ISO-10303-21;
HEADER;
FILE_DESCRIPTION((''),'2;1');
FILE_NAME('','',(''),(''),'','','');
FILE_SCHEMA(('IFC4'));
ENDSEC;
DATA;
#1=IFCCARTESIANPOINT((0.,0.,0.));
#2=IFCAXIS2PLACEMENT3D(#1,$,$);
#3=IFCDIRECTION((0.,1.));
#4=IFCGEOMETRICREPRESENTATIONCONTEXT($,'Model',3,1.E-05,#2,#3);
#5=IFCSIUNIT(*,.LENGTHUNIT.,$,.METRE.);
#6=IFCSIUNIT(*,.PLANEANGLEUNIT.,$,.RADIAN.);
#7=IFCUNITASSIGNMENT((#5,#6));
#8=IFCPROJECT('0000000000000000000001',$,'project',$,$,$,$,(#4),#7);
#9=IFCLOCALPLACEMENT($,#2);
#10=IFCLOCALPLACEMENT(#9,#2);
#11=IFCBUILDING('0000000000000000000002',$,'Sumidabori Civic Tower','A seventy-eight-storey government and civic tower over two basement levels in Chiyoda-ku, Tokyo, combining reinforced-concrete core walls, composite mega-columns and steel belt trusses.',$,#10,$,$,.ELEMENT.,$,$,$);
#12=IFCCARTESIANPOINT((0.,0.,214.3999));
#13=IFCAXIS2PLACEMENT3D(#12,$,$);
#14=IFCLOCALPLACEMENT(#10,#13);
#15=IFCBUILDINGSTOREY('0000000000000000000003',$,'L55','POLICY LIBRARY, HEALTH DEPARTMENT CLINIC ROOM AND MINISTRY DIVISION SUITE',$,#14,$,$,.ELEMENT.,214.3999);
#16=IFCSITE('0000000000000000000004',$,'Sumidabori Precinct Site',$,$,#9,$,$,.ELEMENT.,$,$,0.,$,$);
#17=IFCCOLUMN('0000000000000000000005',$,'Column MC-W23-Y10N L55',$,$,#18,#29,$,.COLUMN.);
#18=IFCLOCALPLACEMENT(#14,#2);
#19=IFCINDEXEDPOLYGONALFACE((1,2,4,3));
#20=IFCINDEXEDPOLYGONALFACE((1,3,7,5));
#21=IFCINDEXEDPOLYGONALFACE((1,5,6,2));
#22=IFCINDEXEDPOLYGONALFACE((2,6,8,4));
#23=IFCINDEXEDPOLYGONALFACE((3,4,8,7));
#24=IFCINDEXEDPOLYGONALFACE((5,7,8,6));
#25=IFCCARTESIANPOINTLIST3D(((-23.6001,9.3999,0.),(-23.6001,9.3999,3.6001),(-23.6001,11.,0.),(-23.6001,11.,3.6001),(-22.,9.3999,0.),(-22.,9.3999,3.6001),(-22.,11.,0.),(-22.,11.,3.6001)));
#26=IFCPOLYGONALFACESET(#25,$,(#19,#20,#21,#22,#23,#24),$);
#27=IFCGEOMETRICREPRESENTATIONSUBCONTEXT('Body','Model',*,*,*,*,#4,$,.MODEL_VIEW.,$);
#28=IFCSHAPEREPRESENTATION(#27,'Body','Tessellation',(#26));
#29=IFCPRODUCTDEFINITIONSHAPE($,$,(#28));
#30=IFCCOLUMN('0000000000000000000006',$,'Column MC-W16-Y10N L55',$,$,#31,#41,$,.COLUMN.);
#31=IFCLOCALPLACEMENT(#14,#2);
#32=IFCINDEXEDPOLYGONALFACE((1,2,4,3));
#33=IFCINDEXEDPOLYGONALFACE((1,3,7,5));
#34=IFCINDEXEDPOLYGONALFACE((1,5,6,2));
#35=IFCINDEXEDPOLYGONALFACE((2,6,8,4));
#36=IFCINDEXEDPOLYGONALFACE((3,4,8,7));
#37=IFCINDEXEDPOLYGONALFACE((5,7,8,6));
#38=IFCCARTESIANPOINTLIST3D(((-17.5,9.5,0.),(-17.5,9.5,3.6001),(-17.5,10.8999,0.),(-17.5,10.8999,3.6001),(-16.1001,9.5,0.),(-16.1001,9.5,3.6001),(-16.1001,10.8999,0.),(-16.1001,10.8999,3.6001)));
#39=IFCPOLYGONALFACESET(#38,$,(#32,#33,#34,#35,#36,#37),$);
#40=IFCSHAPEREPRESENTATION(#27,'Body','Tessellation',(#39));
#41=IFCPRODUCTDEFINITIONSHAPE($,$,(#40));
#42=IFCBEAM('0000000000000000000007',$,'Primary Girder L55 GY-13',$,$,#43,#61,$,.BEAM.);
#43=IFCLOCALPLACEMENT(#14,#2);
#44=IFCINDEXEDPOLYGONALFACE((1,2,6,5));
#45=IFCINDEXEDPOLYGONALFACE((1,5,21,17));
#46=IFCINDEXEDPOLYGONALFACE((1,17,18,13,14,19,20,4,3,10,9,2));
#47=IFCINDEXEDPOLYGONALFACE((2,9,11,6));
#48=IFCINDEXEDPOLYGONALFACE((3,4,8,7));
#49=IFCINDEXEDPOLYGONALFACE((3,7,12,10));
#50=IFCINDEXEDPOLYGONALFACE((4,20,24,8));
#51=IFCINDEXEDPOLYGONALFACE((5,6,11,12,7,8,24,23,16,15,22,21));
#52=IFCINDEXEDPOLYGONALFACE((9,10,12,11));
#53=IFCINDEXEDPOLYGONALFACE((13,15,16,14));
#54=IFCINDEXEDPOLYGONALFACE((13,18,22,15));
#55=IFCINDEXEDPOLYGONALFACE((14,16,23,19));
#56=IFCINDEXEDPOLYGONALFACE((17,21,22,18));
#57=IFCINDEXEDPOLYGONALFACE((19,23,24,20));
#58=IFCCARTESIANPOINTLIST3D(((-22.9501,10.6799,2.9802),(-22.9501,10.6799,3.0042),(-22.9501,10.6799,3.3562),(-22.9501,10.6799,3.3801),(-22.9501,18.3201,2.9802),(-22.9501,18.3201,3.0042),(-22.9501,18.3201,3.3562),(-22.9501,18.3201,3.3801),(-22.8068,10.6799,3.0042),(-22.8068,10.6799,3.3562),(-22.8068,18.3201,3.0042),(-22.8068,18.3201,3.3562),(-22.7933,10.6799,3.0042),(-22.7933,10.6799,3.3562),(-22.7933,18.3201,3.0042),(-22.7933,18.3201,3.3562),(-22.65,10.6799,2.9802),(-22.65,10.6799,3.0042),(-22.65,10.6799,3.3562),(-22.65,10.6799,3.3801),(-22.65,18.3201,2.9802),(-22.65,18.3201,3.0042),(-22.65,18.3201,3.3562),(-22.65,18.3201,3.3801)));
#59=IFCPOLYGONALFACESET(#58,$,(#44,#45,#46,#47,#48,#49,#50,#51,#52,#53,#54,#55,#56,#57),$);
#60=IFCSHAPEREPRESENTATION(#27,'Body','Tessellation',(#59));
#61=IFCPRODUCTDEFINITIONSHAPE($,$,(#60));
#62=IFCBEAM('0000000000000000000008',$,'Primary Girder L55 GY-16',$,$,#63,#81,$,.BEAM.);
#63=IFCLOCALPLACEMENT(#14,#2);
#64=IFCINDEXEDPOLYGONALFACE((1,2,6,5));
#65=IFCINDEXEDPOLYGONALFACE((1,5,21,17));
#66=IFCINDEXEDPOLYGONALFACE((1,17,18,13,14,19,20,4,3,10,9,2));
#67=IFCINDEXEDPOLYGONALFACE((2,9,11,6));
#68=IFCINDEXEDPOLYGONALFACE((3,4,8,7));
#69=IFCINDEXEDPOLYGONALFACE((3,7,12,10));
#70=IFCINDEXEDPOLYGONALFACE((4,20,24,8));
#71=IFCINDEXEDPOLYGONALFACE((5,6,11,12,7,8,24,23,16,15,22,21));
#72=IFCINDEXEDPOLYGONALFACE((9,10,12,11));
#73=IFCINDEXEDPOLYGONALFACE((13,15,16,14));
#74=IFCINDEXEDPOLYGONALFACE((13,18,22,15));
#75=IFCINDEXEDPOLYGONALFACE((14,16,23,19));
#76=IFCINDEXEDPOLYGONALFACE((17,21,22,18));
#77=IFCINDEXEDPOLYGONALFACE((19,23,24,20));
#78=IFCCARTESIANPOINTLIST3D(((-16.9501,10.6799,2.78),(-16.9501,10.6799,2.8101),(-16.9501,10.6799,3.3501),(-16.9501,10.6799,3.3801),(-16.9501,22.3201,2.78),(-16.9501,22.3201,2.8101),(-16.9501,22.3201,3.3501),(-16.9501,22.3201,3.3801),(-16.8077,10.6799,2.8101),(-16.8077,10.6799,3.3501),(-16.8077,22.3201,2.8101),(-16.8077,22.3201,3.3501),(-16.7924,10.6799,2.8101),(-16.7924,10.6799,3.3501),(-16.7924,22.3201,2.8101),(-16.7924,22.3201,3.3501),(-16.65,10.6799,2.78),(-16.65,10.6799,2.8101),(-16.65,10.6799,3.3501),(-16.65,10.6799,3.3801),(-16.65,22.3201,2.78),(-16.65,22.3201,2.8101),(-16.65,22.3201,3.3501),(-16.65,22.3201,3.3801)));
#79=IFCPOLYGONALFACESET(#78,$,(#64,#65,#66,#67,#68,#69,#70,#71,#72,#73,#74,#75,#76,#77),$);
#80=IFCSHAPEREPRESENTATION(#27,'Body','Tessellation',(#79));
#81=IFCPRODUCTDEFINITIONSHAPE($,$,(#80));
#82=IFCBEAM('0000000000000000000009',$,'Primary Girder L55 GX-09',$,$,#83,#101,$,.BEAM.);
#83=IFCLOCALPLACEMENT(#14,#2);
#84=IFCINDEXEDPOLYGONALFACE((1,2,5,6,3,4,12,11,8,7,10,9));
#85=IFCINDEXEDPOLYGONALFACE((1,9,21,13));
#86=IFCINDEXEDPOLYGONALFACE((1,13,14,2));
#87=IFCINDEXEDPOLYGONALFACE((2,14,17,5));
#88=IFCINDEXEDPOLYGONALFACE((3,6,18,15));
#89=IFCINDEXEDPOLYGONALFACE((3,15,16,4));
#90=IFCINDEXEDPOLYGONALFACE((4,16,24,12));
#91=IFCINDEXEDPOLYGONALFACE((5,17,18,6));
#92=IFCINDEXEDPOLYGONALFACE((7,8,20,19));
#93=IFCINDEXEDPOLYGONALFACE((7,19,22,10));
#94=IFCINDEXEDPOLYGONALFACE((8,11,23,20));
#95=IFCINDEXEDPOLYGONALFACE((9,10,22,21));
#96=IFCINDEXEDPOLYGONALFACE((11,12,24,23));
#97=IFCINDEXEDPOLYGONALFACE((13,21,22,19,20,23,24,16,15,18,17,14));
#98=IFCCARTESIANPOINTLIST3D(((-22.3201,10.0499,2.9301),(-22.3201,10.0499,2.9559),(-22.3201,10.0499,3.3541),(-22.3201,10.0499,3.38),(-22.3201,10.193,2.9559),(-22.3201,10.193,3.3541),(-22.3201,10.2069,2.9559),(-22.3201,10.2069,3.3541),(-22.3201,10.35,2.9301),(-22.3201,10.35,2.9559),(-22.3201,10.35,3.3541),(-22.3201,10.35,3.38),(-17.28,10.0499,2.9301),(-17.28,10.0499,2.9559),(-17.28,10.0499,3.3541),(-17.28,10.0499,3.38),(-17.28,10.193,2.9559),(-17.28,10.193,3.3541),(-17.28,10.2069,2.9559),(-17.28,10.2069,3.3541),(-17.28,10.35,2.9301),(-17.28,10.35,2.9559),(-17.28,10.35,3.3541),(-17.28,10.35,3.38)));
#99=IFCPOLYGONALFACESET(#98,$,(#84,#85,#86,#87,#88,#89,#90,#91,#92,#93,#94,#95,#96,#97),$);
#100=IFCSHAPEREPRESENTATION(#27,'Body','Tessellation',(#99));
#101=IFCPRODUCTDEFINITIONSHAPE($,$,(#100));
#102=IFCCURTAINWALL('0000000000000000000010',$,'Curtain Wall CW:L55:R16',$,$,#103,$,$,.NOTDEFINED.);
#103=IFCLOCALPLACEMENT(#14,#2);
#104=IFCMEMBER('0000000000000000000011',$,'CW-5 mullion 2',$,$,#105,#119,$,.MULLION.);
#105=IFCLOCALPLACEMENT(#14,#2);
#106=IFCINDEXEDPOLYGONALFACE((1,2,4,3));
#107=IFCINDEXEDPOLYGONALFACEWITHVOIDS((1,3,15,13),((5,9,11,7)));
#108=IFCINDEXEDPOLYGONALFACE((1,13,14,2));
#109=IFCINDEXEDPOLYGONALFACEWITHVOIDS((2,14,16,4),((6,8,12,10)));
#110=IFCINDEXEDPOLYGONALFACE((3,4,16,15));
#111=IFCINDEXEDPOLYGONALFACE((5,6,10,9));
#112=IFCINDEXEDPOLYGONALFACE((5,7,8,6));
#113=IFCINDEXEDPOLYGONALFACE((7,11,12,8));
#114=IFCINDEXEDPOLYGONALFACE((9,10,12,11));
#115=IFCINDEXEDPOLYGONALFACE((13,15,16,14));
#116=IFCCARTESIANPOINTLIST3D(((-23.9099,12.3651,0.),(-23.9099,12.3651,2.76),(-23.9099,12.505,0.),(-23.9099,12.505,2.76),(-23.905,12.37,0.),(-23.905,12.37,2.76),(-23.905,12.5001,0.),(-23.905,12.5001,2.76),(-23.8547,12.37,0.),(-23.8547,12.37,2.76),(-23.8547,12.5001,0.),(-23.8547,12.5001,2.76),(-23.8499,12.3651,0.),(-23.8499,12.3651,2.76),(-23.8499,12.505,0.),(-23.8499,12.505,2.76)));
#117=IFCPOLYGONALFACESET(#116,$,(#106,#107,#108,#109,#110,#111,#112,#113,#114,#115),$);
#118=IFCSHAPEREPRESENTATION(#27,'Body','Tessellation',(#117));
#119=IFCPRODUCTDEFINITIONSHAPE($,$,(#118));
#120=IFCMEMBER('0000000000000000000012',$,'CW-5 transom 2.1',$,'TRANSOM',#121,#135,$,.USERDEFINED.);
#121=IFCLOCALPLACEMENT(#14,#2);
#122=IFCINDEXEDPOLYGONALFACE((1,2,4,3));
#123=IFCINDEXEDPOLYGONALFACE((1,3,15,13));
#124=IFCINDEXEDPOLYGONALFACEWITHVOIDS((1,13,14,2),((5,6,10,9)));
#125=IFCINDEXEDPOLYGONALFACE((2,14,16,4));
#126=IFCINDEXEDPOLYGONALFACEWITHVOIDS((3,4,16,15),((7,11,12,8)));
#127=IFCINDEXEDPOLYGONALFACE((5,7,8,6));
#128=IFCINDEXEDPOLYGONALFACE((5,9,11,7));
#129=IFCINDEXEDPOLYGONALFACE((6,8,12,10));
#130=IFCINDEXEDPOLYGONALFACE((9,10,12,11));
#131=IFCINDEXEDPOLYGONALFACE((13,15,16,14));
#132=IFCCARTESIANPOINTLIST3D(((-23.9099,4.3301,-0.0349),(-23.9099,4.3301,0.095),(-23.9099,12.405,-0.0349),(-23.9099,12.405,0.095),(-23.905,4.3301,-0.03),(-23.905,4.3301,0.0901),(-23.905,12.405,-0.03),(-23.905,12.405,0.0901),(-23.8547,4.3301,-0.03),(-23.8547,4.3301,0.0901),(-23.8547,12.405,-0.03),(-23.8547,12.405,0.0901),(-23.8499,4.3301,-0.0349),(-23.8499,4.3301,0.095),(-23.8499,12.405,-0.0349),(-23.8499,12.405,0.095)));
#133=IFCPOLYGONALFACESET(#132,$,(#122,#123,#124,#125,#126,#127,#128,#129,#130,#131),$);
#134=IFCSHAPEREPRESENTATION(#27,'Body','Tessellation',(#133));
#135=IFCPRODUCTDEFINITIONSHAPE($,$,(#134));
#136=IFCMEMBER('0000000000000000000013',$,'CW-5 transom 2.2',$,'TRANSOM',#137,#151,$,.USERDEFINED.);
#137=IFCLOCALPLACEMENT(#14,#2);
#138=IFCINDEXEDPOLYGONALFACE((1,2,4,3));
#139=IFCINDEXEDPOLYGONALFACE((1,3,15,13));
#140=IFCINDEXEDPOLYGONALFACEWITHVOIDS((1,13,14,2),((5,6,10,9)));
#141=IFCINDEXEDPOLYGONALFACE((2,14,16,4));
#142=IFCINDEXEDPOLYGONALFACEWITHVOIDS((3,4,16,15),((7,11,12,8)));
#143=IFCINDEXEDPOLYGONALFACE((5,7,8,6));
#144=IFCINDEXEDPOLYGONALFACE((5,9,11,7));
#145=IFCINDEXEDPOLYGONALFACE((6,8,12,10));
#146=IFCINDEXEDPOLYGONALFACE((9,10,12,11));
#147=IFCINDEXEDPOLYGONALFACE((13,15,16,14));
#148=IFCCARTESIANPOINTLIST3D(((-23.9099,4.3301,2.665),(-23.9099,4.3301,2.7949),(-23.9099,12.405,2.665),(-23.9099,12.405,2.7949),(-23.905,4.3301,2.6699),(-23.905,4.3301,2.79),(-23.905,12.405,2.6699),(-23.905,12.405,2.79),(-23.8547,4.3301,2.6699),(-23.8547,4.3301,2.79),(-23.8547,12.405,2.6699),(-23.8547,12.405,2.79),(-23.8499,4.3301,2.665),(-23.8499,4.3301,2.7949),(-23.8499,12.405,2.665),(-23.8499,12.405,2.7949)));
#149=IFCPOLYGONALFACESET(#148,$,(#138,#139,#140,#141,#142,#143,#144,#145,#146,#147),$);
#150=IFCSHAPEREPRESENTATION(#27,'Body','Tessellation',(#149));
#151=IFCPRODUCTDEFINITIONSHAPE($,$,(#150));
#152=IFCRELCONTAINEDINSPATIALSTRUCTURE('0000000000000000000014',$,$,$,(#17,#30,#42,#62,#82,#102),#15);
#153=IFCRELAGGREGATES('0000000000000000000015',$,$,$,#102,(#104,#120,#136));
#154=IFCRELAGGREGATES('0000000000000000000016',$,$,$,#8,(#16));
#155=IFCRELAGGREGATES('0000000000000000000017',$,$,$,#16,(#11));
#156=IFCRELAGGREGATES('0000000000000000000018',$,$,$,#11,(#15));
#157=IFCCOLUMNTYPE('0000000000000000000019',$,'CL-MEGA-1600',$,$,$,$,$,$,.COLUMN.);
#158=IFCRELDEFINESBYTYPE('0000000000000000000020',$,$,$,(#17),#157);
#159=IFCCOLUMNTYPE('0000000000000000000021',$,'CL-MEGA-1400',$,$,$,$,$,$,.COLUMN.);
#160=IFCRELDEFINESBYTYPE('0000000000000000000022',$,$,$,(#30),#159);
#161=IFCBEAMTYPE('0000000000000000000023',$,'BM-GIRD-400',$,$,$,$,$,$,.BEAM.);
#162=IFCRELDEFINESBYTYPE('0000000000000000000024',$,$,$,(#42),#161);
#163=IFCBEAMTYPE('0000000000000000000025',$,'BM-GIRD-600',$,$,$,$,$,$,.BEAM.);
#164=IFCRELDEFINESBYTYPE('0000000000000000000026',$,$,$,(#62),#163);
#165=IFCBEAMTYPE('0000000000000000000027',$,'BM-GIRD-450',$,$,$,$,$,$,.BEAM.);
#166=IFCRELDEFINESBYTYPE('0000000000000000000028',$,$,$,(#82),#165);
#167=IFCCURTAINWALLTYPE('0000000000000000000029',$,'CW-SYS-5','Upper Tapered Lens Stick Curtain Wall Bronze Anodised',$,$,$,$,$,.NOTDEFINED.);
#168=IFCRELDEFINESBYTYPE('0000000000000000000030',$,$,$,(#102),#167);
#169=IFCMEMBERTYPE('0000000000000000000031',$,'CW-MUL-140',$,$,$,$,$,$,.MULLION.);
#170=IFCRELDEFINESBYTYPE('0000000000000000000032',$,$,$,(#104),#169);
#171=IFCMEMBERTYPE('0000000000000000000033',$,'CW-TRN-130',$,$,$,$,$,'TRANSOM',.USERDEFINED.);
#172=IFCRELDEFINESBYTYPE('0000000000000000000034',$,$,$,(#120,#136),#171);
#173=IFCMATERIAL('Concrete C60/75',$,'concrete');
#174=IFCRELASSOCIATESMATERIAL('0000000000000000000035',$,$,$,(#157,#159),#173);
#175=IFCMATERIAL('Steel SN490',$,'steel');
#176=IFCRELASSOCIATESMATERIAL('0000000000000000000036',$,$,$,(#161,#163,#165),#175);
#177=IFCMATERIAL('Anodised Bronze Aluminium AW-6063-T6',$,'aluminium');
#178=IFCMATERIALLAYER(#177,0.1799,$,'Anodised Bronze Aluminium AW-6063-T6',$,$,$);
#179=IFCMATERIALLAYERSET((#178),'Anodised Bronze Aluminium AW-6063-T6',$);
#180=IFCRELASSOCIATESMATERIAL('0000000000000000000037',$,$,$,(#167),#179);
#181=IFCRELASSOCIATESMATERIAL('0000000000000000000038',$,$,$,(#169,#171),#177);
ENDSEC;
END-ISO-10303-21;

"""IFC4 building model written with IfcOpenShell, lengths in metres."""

from ifc_helpers import new_model, si_unit, direction, frame, origin, origin_2d, place, context, subcontext, project, spatial, rectangle, hollow_rectangle, i_section, extrude, source, transform, mapped, material, layer, layer_set, material_profile, profile_set, type_object, element, aggregate, save


model = new_model("IFC4")

# Units and contexts
model_context = context("Model", 3, precision=1e-05, world=origin(), true_north=direction((0.0, 1.0)))
body_context = subcontext(model_context, "Body", "Model", "MODEL_VIEW")
ifc_project = project(units=[si_unit("LENGTHUNIT", "METRE"), si_unit("PLANEANGLEUNIT", "RADIAN")], contexts=[model_context])

# Site, building, storey
site_placement = place(None, origin())
site = spatial("IfcSite", under=ifc_project, at=site_placement, Name="Sumidabori Precinct Site", CompositionType="ELEMENT", RefElevation=0.0)
building_placement = place(site_placement, origin())
building = spatial("IfcBuilding", under=site, at=building_placement, Name="Sumidabori Civic Tower", Description="A seventy-eight-storey government and civic tower over two basement levels in Chiyoda-ku, Tokyo, combining reinforced-concrete core walls, composite mega-columns and steel belt trusses.", CompositionType="ELEMENT")
storey_placement = place(building_placement, frame((0.0, 0.0, 214.3999)))
storey = spatial("IfcBuildingStorey", under=building, at=storey_placement, Name="L55", Description="POLICY LIBRARY, HEALTH DEPARTMENT CLINIC ROOM AND MINISTRY DIVISION SUITE", CompositionType="ELEMENT", Elevation=214.3999)

# Columns
ifc_material_1 = material(Name="Concrete C60/75", Category="concrete")
ifc_material_profile_1 = material_profile(ifc_material_1, rectangle(XDim=1.6001, YDim=1.6001, at=origin_2d()), Name="RC 1600x1600")
ifc_profile_set_1 = profile_set([ifc_material_profile_1], Name="Concrete C60/75")
column_type_1 = type_object("IfcColumnType", Name="CL-MEGA-1600", PredefinedType="COLUMN", material=ifc_profile_set_1)
shared_shape_1 = source(origin(), body_context, "Body", "SweptSolid", [
    extrude(rectangle(XDim=1.6001, YDim=1.6001, at=origin_2d()), origin(), (0.0, 0.0, 1.0), 3.6001),
])
column_1_placement = place(storey_placement, frame((-22.8, 10.2, 0.0), z_axis=(0.0, 0.0, 1.0), x_axis=(1.0, 0.0, 0.0)))
element("IfcColumn", 1, at=column_1_placement, inside=storey, type_object=column_type_1, Name="Column MC-W23-Y10N L55", PredefinedType="COLUMN", context=body_context, shape_type="MappedRepresentation", body=[
    mapped(shared_shape_1, transform((0.0, 0.0, 0.0), x_axis=(1.0, 0.0, 0.0), y_axis=(0.0, 1.0, 0.0), z_axis=(0.0, 0.0, 1.0), scale=1.0)),
])
ifc_material_profile_2 = material_profile(ifc_material_1, rectangle(XDim=1.3999, YDim=1.3999, at=origin_2d()), Name="RC 1400x1400")
ifc_profile_set_2 = profile_set([ifc_material_profile_2], Name="Concrete C60/75")
column_type_2 = type_object("IfcColumnType", Name="CL-MEGA-1400", PredefinedType="COLUMN", material=ifc_profile_set_2)
shared_shape_2 = source(origin(), body_context, "Body", "SweptSolid", [
    extrude(rectangle(XDim=1.3999, YDim=1.3999, at=origin_2d()), origin(), (0.0, 0.0, 1.0), 3.6001),
])
column_2_placement = place(storey_placement, frame((-16.8, 10.2, 0.0), z_axis=(0.0, 0.0, 1.0), x_axis=(1.0, 0.0, 0.0)))
element("IfcColumn", 2, at=column_2_placement, inside=storey, type_object=column_type_2, Name="Column MC-W16-Y10N L55", PredefinedType="COLUMN", context=body_context, shape_type="MappedRepresentation", body=[
    mapped(shared_shape_2, transform((0.0, 0.0, 0.0), x_axis=(1.0, 0.0, 0.0), y_axis=(0.0, 1.0, 0.0), z_axis=(0.0, 0.0, 1.0), scale=1.0)),
])

# Beams
ifc_material_2 = material(Name="Steel SN490", Category="steel")
ifc_material_profile_3 = material_profile(ifc_material_2, i_section(OverallWidth=0.3, OverallDepth=0.3999, WebThickness=0.0134, FlangeThickness=0.0239, at=origin_2d()), Name="HE 400 B")
ifc_profile_set_3 = profile_set([ifc_material_profile_3], Name="Steel SN490")
beam_type_1 = type_object("IfcBeamType", Name="BM-GIRD-400", PredefinedType="BEAM", material=ifc_profile_set_3)
shared_shape_3 = source(origin(), body_context, "Body", "SweptSolid", [
    extrude(i_section(OverallWidth=0.3, OverallDepth=0.3999, WebThickness=0.0134, FlangeThickness=0.0239, at=origin_2d()), origin(), (0.0, 0.0, 1.0), 7.6401),
])
beam_1_placement = place(storey_placement, frame((-22.8, 10.6799, 3.1802), z_axis=(0.0, 1.0, 0.0), x_axis=(-1.0, 0.0, 0.0)))
element("IfcBeam", 3, at=beam_1_placement, inside=storey, type_object=beam_type_1, Name="Primary Girder L55 GY-13", PredefinedType="BEAM", context=body_context, shape_type="MappedRepresentation", body=[
    mapped(shared_shape_3, transform((0.0, 0.0, 0.0), x_axis=(1.0, 0.0, 0.0), y_axis=(0.0, 1.0, 0.0), z_axis=(0.0, 0.0, 1.0), scale=1.0)),
])
ifc_material_profile_4 = material_profile(ifc_material_2, i_section(OverallWidth=0.3, OverallDepth=0.6001, WebThickness=0.0154, FlangeThickness=0.03, at=origin_2d()), Name="HE 600 B")
ifc_profile_set_4 = profile_set([ifc_material_profile_4], Name="Steel SN490")
beam_type_2 = type_object("IfcBeamType", Name="BM-GIRD-600", PredefinedType="BEAM", material=ifc_profile_set_4)
shared_shape_4 = source(origin(), body_context, "Body", "SweptSolid", [
    extrude(i_section(OverallWidth=0.3, OverallDepth=0.6001, WebThickness=0.0154, FlangeThickness=0.03, at=origin_2d()), origin(), (0.0, 0.0, 1.0), 11.6401),
])
beam_2_placement = place(storey_placement, frame((-16.8, 10.6799, 3.0801), z_axis=(0.0, 1.0, 0.0), x_axis=(-1.0, 0.0, 0.0)))
element("IfcBeam", 4, at=beam_2_placement, inside=storey, type_object=beam_type_2, Name="Primary Girder L55 GY-16", PredefinedType="BEAM", context=body_context, shape_type="MappedRepresentation", body=[
    mapped(shared_shape_4, transform((0.0, 0.0, 0.0), x_axis=(1.0, 0.0, 0.0), y_axis=(0.0, 1.0, 0.0), z_axis=(0.0, 0.0, 1.0), scale=1.0)),
])
ifc_material_profile_5 = material_profile(ifc_material_2, i_section(OverallWidth=0.3, OverallDepth=0.45, WebThickness=0.0139, FlangeThickness=0.0259, at=origin_2d()), Name="HE 450 B")
ifc_profile_set_5 = profile_set([ifc_material_profile_5], Name="Steel SN490")
beam_type_3 = type_object("IfcBeamType", Name="BM-GIRD-450", PredefinedType="BEAM", material=ifc_profile_set_5)
shared_shape_5 = source(origin(), body_context, "Body", "SweptSolid", [
    extrude(i_section(OverallWidth=0.3, OverallDepth=0.45, WebThickness=0.0139, FlangeThickness=0.0259, at=origin_2d()), origin(), (0.0, 0.0, 1.0), 5.04),
])
beam_3_placement = place(storey_placement, frame((-22.3201, 10.2, 3.155), z_axis=(1.0, 0.0, 0.0), x_axis=(0.0, 1.0, 0.0)))
element("IfcBeam", 5, at=beam_3_placement, inside=storey, type_object=beam_type_3, Name="Primary Girder L55 GX-09", PredefinedType="BEAM", context=body_context, shape_type="MappedRepresentation", body=[
    mapped(shared_shape_5, transform((0.0, 0.0, 0.0), x_axis=(1.0, 0.0, 0.0), y_axis=(0.0, 1.0, 0.0), z_axis=(0.0, 0.0, 1.0), scale=1.0)),
])

# Curtain wall, members
ifc_material_3 = material(Name="Anodised Bronze Aluminium AW-6063-T6", Category="aluminium")
ifc_layer_1 = layer(ifc_material_3, 0.1799, Name="Anodised Bronze Aluminium AW-6063-T6")
ifc_layer_set_1 = layer_set([ifc_layer_1], Name="Anodised Bronze Aluminium AW-6063-T6")
curtain_wall_type = type_object("IfcCurtainWallType", Name="CW-SYS-5", Description="Upper Tapered Lens Stick Curtain Wall Bronze Anodised", PredefinedType="NOTDEFINED", material=ifc_layer_set_1)
curtain_wall_placement = place(storey_placement, origin())
curtain_wall = element("IfcCurtainWall", 6, at=curtain_wall_placement, inside=storey, type_object=curtain_wall_type, Name="Curtain Wall CW:L55:R16", PredefinedType="NOTDEFINED")
ifc_material_profile_6 = material_profile(ifc_material_3, hollow_rectangle(XDim=0.0601, YDim=0.1399, WallThickness=0.0049, at=origin_2d()), Name="ALU MULLION 140x60")
ifc_profile_set_6 = profile_set([ifc_material_profile_6], Name="Anodised Bronze Aluminium AW-6063-T6")
member_type_1 = type_object("IfcMemberType", Name="CW-MUL-140", PredefinedType="MULLION", material=ifc_profile_set_6)
shared_shape_6 = source(origin(), body_context, "Body", "SweptSolid", [
    extrude(hollow_rectangle(XDim=0.0601, YDim=0.1399, WallThickness=0.0049, at=origin_2d()), origin(), (0.0, 0.0, 1.0), 2.76),
])
member_1_placement = place(storey_placement, frame((-23.8799, 12.4351, 0.0), z_axis=(0.0, 0.0, 1.0), x_axis=(1.0, 0.0, 0.0)))
member_1 = element("IfcMember", 7, at=member_1_placement, type_object=member_type_1, Name="CW-5 mullion 2", PredefinedType="MULLION", context=body_context, shape_type="MappedRepresentation", body=[
    mapped(shared_shape_6, transform((0.0, 0.0, 0.0), x_axis=(1.0, 0.0, 0.0), y_axis=(0.0, 1.0, 0.0), z_axis=(0.0, 0.0, 1.0), scale=1.0)),
])
ifc_material_profile_7 = material_profile(ifc_material_3, hollow_rectangle(XDim=0.0601, YDim=0.1299, WallThickness=0.0049, at=origin_2d()), Name="ALU TRANSOM 130x60")
ifc_profile_set_7 = profile_set([ifc_material_profile_7], Name="Anodised Bronze Aluminium AW-6063-T6")
member_type_2 = type_object("IfcMemberType", Name="CW-TRN-130", ElementType="TRANSOM", PredefinedType="USERDEFINED", material=ifc_profile_set_7)
shared_shape_7 = source(origin(), body_context, "Body", "SweptSolid", [
    extrude(hollow_rectangle(XDim=0.0601, YDim=0.1299, WallThickness=0.0049, at=origin_2d()), origin(), (0.0, 0.0, 1.0), 8.075),
])
member_2_placement = place(storey_placement, frame((-23.8799, 12.405, 0.03), z_axis=(0.0, -1.0, 0.0), x_axis=(1.0, 0.0, 0.0)))
member_2 = element("IfcMember", 8, at=member_2_placement, type_object=member_type_2, Name="CW-5 transom 2.1", ObjectType="TRANSOM", PredefinedType="USERDEFINED", context=body_context, shape_type="MappedRepresentation", body=[
    mapped(shared_shape_7, transform((0.0, 0.0, 0.0), x_axis=(1.0, 0.0, 0.0), y_axis=(0.0, 1.0, 0.0), z_axis=(0.0, 0.0, 1.0), scale=1.0)),
])
member_3_placement = place(storey_placement, frame((-23.8799, 12.405, 2.73), z_axis=(0.0, -1.0, 0.0), x_axis=(1.0, 0.0, 0.0)))
member_3 = element("IfcMember", 9, at=member_3_placement, type_object=member_type_2, Name="CW-5 transom 2.2", ObjectType="TRANSOM", PredefinedType="USERDEFINED", context=body_context, shape_type="MappedRepresentation", body=[
    mapped(shared_shape_7, transform((0.0, 0.0, 0.0), x_axis=(1.0, 0.0, 0.0), y_axis=(0.0, 1.0, 0.0), z_axis=(0.0, 0.0, 1.0), scale=1.0)),
])
aggregate(curtain_wall, [member_1, member_2, member_3])

save(model, "model.ifc")
